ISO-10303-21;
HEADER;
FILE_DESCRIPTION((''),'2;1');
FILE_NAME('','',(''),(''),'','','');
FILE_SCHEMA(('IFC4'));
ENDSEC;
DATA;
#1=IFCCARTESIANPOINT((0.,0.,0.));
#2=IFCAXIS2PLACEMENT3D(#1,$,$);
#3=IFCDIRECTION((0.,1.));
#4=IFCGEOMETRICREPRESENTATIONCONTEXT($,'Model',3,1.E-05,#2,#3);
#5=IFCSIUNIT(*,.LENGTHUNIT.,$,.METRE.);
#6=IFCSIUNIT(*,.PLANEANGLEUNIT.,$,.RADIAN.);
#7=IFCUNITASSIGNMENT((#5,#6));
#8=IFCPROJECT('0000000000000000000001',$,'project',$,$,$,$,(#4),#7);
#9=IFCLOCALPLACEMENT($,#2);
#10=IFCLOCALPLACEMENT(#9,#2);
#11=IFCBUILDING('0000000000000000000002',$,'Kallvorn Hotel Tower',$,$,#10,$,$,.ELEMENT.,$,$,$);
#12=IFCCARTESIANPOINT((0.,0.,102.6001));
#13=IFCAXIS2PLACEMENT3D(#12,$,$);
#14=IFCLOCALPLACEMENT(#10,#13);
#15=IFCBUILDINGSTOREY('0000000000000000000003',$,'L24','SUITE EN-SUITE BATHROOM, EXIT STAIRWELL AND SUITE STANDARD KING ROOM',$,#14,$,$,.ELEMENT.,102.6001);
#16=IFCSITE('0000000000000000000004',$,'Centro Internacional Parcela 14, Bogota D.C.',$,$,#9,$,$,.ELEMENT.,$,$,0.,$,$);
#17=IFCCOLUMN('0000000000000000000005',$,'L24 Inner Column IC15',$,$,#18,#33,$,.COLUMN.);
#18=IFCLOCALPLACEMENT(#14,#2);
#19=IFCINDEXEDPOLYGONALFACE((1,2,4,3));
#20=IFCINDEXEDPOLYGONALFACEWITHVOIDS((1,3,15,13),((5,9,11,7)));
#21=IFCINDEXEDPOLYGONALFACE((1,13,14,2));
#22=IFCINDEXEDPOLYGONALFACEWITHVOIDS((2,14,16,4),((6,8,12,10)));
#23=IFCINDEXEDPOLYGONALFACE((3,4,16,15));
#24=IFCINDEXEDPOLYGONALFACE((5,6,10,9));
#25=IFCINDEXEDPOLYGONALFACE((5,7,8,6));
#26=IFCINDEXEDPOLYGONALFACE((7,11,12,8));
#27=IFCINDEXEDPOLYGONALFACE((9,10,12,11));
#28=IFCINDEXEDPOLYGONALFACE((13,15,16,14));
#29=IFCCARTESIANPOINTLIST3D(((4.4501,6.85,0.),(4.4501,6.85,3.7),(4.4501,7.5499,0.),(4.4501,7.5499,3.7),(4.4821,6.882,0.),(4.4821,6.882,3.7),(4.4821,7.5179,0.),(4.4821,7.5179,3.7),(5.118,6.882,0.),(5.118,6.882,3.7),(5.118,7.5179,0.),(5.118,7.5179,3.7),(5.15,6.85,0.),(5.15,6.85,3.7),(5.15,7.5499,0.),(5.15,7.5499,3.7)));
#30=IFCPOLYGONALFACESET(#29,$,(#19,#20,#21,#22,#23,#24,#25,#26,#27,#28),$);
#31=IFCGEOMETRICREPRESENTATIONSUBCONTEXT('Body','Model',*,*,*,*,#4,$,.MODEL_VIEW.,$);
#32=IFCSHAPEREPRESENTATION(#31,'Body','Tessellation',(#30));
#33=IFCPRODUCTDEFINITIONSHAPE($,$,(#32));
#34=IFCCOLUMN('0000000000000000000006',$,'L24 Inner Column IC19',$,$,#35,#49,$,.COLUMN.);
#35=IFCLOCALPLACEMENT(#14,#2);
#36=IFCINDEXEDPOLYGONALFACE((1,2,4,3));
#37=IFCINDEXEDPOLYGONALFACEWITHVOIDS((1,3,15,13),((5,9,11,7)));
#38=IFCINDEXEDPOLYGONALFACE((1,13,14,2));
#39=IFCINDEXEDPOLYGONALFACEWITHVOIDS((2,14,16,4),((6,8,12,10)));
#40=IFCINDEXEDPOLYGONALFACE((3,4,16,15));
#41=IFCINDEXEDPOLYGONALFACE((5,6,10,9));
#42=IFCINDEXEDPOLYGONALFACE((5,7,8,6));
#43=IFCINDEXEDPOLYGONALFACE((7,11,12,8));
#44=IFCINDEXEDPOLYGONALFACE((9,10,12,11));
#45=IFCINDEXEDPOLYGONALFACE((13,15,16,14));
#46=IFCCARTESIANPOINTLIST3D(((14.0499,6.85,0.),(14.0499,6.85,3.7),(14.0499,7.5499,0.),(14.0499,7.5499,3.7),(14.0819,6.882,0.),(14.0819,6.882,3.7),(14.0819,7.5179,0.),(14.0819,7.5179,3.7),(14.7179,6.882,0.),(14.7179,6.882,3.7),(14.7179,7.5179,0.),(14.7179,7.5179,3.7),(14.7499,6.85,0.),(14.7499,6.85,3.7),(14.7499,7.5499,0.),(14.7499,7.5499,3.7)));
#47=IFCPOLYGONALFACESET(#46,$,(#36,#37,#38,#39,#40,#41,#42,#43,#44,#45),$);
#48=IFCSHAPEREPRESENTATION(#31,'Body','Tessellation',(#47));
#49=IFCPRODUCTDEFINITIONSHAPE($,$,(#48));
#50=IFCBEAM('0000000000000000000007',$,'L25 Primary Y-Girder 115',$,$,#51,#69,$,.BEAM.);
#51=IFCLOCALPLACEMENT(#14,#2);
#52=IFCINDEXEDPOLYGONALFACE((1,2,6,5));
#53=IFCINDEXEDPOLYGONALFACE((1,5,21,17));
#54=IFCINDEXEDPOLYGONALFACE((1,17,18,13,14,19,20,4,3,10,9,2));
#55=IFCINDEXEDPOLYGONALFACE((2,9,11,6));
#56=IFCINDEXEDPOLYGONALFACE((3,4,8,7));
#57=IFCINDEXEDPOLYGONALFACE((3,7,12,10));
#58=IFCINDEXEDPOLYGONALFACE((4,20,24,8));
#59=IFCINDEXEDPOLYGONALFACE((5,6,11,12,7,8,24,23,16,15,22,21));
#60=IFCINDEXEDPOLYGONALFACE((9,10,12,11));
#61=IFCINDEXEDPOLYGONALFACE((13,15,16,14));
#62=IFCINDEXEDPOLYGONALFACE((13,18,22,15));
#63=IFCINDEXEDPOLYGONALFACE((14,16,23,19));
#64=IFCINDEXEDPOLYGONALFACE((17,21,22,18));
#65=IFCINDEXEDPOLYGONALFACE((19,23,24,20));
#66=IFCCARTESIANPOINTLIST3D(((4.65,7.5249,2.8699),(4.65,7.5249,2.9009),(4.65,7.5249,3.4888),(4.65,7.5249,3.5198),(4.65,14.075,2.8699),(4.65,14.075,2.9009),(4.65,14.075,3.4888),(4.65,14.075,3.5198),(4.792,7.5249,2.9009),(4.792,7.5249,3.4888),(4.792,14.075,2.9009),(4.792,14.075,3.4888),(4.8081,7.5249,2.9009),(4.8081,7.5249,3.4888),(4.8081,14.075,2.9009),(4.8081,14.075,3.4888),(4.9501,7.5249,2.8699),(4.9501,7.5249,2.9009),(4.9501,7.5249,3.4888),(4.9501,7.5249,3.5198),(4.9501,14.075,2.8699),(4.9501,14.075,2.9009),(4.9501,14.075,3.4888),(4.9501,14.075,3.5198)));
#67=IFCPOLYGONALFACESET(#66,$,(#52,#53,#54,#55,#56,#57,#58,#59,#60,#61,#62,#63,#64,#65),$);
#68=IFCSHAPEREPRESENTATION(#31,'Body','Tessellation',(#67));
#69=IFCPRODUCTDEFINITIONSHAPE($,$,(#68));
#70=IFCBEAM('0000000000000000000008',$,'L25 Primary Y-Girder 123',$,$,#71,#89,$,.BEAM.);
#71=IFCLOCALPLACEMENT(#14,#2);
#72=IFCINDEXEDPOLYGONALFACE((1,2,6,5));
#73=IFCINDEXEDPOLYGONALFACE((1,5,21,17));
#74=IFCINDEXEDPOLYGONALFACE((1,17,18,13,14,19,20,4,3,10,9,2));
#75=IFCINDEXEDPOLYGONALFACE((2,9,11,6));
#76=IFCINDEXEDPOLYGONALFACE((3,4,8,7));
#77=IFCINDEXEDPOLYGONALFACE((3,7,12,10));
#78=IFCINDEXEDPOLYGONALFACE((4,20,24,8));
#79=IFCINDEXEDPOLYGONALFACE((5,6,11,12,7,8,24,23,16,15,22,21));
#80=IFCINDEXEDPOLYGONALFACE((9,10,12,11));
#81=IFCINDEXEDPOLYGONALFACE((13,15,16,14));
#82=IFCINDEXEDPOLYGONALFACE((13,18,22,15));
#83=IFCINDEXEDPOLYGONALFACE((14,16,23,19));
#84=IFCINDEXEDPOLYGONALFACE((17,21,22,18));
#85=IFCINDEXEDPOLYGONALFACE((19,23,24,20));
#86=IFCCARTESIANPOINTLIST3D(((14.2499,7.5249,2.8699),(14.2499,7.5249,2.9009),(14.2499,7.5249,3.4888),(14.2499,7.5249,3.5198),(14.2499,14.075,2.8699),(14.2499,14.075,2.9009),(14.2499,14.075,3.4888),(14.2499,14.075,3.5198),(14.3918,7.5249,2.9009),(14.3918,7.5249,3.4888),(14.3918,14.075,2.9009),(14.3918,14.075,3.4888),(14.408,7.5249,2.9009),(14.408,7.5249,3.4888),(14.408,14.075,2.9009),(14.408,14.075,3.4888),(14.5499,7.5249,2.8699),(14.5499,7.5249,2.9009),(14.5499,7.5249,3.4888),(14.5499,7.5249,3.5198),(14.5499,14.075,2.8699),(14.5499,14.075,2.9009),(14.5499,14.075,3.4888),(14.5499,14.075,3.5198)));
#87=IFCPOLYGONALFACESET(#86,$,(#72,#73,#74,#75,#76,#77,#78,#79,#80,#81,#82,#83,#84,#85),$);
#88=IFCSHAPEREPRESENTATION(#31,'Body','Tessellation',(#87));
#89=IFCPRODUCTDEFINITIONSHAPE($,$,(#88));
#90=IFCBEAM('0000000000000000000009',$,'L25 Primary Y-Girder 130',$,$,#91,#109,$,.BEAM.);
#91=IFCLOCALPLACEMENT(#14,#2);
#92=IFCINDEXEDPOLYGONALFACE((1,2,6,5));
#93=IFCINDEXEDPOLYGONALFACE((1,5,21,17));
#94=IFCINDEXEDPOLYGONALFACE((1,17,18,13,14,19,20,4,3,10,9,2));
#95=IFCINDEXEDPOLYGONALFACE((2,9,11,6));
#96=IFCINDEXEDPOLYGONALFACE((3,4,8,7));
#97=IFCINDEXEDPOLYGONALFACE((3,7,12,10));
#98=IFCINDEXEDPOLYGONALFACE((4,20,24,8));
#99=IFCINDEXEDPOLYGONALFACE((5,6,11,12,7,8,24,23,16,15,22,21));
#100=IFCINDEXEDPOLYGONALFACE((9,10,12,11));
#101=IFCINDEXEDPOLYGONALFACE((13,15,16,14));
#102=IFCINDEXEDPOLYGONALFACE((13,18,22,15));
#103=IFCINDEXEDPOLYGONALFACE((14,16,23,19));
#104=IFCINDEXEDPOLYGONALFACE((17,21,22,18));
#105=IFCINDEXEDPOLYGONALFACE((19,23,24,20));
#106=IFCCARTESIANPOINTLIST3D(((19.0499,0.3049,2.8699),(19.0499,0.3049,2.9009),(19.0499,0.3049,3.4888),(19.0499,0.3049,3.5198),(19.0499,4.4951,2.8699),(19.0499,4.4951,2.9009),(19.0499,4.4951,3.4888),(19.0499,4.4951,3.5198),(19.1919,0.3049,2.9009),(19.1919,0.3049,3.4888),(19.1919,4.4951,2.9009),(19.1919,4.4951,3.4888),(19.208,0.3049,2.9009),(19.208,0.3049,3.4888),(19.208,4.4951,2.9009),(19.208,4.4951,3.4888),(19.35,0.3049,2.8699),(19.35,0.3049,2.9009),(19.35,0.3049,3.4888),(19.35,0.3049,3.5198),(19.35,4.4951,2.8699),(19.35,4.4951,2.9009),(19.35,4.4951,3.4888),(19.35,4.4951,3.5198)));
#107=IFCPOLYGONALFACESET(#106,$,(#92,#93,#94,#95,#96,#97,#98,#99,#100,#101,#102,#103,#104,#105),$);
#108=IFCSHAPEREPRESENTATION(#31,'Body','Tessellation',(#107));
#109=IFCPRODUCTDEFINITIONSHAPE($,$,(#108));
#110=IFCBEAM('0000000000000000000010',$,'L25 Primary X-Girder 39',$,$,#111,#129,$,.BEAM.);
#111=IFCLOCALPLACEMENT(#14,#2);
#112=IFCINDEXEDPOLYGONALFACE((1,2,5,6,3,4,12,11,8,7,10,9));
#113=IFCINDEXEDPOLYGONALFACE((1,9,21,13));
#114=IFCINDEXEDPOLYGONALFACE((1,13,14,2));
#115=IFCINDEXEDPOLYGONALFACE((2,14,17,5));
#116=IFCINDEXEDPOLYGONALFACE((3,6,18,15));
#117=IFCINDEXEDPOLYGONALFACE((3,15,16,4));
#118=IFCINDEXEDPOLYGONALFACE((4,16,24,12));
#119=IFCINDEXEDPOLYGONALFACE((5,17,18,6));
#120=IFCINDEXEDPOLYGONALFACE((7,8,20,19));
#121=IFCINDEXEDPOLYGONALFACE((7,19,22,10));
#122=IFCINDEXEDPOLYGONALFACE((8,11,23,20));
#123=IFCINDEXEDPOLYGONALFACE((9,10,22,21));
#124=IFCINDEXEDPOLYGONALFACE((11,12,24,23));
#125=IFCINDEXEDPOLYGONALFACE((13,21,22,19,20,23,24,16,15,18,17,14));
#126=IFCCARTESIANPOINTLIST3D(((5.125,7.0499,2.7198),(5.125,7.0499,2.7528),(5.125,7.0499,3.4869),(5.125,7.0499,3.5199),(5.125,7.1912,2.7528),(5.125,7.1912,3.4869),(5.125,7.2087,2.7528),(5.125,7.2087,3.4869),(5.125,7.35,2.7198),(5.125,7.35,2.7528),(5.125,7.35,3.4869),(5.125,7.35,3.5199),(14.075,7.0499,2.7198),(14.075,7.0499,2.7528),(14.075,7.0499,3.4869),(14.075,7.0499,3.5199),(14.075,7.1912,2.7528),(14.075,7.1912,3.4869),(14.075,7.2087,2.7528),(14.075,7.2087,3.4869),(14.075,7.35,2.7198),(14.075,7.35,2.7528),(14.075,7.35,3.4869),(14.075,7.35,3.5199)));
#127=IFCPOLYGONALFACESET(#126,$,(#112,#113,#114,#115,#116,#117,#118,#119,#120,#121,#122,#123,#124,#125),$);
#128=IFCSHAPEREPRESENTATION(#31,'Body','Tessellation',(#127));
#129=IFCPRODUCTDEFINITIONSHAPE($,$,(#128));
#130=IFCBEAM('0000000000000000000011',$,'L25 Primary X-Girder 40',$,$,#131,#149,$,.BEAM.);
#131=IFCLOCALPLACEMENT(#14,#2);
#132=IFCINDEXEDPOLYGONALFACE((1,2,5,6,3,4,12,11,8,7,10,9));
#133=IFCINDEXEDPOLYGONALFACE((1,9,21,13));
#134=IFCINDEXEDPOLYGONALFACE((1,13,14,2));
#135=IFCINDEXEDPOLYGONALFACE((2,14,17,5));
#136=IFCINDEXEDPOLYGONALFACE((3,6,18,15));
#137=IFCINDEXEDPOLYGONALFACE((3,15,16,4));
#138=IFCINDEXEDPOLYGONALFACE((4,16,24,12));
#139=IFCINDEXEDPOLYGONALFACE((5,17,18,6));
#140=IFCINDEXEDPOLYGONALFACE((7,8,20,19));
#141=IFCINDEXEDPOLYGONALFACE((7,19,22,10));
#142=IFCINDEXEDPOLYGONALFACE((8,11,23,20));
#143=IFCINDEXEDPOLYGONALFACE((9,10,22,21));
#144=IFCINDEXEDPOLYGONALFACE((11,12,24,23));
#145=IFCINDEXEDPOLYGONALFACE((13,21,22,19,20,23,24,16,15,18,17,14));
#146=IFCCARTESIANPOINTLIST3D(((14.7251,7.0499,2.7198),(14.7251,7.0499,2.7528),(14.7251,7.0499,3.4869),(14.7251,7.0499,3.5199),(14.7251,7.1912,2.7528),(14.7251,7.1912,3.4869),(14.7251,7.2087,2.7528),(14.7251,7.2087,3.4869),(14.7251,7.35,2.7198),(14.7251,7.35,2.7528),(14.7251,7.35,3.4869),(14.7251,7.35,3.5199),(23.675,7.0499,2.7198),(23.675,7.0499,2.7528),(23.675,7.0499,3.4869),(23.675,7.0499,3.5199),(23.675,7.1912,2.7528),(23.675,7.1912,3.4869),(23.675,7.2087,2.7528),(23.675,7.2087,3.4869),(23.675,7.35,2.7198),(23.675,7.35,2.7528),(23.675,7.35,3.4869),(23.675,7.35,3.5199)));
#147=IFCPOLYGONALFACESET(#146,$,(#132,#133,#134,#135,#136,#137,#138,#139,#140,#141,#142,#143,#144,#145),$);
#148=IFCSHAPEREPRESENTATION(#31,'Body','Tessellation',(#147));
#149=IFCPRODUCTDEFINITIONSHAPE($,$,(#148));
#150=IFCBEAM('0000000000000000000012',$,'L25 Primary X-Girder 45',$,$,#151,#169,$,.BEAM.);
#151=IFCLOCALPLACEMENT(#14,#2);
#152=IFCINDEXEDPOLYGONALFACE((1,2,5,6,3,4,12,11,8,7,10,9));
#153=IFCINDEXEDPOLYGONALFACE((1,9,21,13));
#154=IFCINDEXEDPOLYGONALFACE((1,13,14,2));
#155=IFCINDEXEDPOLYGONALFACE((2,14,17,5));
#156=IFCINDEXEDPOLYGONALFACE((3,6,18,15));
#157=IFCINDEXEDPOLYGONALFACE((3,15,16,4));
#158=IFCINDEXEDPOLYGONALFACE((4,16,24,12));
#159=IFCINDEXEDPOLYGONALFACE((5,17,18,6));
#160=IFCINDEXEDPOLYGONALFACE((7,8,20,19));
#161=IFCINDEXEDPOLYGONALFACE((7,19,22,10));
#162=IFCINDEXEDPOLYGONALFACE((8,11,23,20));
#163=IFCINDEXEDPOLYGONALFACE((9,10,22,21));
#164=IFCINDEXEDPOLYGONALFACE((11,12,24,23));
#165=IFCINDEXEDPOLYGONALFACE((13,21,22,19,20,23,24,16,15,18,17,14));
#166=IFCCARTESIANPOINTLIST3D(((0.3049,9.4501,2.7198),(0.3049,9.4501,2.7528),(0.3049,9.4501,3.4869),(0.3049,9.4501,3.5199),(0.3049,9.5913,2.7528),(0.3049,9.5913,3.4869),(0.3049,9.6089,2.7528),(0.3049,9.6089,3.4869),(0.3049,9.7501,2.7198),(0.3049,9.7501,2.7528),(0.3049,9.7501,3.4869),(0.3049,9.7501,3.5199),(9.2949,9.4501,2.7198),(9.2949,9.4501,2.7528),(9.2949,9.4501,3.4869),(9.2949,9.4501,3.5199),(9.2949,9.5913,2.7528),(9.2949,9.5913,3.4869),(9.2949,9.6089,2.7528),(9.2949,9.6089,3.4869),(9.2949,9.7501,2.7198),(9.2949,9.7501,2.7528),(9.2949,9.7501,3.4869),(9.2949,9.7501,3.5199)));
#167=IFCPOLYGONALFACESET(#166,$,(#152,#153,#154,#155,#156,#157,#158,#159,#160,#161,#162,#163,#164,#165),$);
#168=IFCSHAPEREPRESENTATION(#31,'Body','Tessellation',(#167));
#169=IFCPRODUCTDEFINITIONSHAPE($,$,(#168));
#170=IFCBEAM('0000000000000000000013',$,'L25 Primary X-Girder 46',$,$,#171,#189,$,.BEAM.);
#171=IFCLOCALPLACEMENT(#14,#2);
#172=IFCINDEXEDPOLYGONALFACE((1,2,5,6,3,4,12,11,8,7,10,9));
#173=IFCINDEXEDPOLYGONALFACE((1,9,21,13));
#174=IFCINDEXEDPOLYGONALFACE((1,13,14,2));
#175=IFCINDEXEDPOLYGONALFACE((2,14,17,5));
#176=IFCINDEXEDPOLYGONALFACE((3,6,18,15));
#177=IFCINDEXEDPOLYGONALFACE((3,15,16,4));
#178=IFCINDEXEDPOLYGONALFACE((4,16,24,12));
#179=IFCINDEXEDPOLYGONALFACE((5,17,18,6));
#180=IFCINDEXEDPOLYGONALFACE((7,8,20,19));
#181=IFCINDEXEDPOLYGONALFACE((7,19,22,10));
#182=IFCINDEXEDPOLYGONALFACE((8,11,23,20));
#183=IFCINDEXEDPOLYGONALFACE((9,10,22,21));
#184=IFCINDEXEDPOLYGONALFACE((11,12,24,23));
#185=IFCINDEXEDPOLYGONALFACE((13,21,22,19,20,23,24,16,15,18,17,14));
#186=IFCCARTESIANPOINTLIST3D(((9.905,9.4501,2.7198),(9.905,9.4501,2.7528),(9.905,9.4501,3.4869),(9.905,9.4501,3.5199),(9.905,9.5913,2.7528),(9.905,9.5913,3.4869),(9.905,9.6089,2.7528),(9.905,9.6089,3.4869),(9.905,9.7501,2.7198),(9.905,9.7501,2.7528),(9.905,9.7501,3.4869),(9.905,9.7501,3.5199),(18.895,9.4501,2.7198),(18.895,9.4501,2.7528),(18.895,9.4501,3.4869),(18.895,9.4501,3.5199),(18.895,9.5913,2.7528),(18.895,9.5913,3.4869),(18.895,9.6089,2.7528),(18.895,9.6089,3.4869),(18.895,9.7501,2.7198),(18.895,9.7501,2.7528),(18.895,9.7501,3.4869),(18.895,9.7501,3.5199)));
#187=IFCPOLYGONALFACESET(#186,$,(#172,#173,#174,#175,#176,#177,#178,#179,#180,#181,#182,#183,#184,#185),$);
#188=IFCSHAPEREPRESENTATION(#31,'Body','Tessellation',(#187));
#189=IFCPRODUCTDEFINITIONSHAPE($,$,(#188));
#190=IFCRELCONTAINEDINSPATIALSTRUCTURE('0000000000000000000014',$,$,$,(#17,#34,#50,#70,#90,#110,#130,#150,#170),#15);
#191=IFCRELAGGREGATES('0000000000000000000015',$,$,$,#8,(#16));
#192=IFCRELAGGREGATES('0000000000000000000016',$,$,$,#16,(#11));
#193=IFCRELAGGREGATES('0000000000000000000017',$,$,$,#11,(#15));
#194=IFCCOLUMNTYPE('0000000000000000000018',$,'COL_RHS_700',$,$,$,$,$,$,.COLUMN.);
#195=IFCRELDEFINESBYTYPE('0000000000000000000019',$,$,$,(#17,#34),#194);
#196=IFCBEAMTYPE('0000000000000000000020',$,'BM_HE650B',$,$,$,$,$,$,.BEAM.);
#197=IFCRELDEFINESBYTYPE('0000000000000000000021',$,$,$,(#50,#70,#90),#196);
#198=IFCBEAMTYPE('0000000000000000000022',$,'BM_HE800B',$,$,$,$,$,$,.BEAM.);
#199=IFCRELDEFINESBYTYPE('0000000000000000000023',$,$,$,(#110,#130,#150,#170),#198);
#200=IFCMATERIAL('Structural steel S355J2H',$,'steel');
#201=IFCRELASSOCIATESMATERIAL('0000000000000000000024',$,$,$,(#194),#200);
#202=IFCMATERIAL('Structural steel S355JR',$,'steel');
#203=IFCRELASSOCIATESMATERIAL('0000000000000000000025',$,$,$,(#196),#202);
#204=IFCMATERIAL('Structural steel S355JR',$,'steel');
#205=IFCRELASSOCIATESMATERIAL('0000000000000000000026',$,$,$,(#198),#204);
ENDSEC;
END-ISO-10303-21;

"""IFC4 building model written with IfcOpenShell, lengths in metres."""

from ifc_helpers import new_model, si_unit, direction, frame, origin, origin_2d, place, context, subcontext, project, spatial, hollow_rectangle, i_section, extrude, material, material_profile, profile_set, type_object, element, save


model = new_model("IFC4")

# Units and contexts
model_context = context("Model", 3, precision=1e-05, world=origin(), true_north=direction((0.0, 1.0)))
body_context = subcontext(model_context, "Body", "Model", "MODEL_VIEW")
ifc_project = project(units=[si_unit("LENGTHUNIT", "METRE"), si_unit("PLANEANGLEUNIT", "RADIAN")], contexts=[model_context])

# Site, building, storey
site_placement = place(None, origin())
site = spatial("IfcSite", under=ifc_project, at=site_placement, Name="Centro Internacional Parcela 14, Bogota D.C.", CompositionType="ELEMENT", RefElevation=0.0)
building_placement = place(site_placement, origin())
building = spatial("IfcBuilding", under=site, at=building_placement, Name="Kallvorn Hotel Tower", CompositionType="ELEMENT")
storey_placement = place(building_placement, frame((0.0, 0.0, 102.6001)))
storey = spatial("IfcBuildingStorey", under=building, at=storey_placement, Name="L24", Description="SUITE EN-SUITE BATHROOM, EXIT STAIRWELL AND SUITE STANDARD KING ROOM", CompositionType="ELEMENT", Elevation=102.6001)

# Columns
ifc_material_1 = material(Name="Structural steel S355J2H", Category="steel")
ifc_material_profile_1 = material_profile(ifc_material_1, hollow_rectangle(XDim=0.7, YDim=0.7, WallThickness=0.032, at=origin_2d()), Name="RHS 700x700x32")
ifc_profile_set_1 = profile_set([ifc_material_profile_1], Name="Structural steel S355J2H")
column_type_1 = type_object("IfcColumnType", Name="COL_RHS_700", PredefinedType="COLUMN", material=ifc_profile_set_1)
for number, where, z_axis, x_axis, name in (
    (1, (4.8, 7.2, 0.0), (0.0, 0.0, 1.0), (1.0, 0.0, 0.0), "L24 Inner Column IC15"),
    (2, (14.3999, 7.2, 0.0), (0.0, 0.0, 1.0), (1.0, 0.0, 0.0), "L24 Inner Column IC19"),
):
    element("IfcColumn", number, at=place(storey_placement, frame(where, z_axis=z_axis, x_axis=x_axis)), inside=storey, type_object=column_type_1, Name=name, PredefinedType="COLUMN", context=body_context, shape_type="SweptSolid", body=[
        extrude(hollow_rectangle(XDim=0.7, YDim=0.7, WallThickness=0.032, at=origin_2d()), origin(), (0.0, 0.0, 1.0), 3.7),
    ])

# Beams
ifc_material_2 = material(Name="Structural steel S355JR", Category="steel")
ifc_material_profile_2 = material_profile(ifc_material_2, i_section(OverallWidth=0.3, OverallDepth=0.6499, WebThickness=0.0161, FlangeThickness=0.031, at=origin_2d()), Name="HE 650 B")
ifc_profile_set_2 = profile_set([ifc_material_profile_2], Name="Structural steel S355JR")
beam_type_1 = type_object("IfcBeamType", Name="BM_HE650B", PredefinedType="BEAM", material=ifc_profile_set_2)
for number, where, z_axis, x_axis, name in (
    (3, (4.8, 7.5249, 3.1948), (0.0, 1.0, 0.0), (-1.0, 0.0, 0.0), "L25 Primary Y-Girder 115"),
    (4, (14.3999, 7.5249, 3.1948), (0.0, 1.0, 0.0), (-1.0, 0.0, 0.0), "L25 Primary Y-Girder 123"),
):
    element("IfcBeam", number, at=place(storey_placement, frame(where, z_axis=z_axis, x_axis=x_axis)), inside=storey, type_object=beam_type_1, Name=name, PredefinedType="BEAM", context=body_context, shape_type="SweptSolid", body=[
        extrude(i_section(OverallWidth=0.3, OverallDepth=0.6499, WebThickness=0.0161, FlangeThickness=0.031, at=origin_2d()), origin(), (0.0, 0.0, 1.0), 6.55),
    ])
beam_placement = place(storey_placement, frame((19.2, 0.3049, 3.1948), z_axis=(0.0, 1.0, 0.0), x_axis=(-1.0, 0.0, 0.0)))
element("IfcBeam", 5, at=beam_placement, inside=storey, type_object=beam_type_1, Name="L25 Primary Y-Girder 130", PredefinedType="BEAM", context=body_context, shape_type="SweptSolid", body=[
    extrude(i_section(OverallWidth=0.3, OverallDepth=0.6499, WebThickness=0.0161, FlangeThickness=0.031, at=origin_2d()), origin(), (0.0, 0.0, 1.0), 4.1902),
])
ifc_material_3 = material(Name="Structural steel S355JR", Category="steel")
ifc_material_profile_3 = material_profile(ifc_material_3, i_section(OverallWidth=0.3, OverallDepth=0.8, WebThickness=0.0176, FlangeThickness=0.033, at=origin_2d()), Name="HE 800 B")
ifc_profile_set_3 = profile_set([ifc_material_profile_3], Name="Structural steel S355JR")
beam_type_2 = type_object("IfcBeamType", Name="BM_HE800B", PredefinedType="BEAM", material=ifc_profile_set_3)
for number, where, z_axis, x_axis, name in (
    (6, (5.125, 7.2, 3.1199), (1.0, 0.0, 0.0), (0.0, 1.0, 0.0), "L25 Primary X-Girder 39"),
    (7, (14.7251, 7.2, 3.1199), (1.0, 0.0, 0.0), (0.0, 1.0, 0.0), "L25 Primary X-Girder 40"),
):
    element("IfcBeam", number, at=place(storey_placement, frame(where, z_axis=z_axis, x_axis=x_axis)), inside=storey, type_object=beam_type_2, Name=name, PredefinedType="BEAM", context=body_context, shape_type="SweptSolid", body=[
        extrude(i_section(OverallWidth=0.3, OverallDepth=0.8, WebThickness=0.0176, FlangeThickness=0.033, at=origin_2d()), origin(), (0.0, 0.0, 1.0), 8.95),
    ])
for number, where, z_axis, x_axis, name in (
    (8, (0.3049, 9.6001, 3.1199), (1.0, 0.0, 0.0), (0.0, 1.0, 0.0), "L25 Primary X-Girder 45"),
    (9, (9.905, 9.6001, 3.1199), (1.0, 0.0, 0.0), (0.0, 1.0, 0.0), "L25 Primary X-Girder 46"),
):
    element("IfcBeam", number, at=place(storey_placement, frame(where, z_axis=z_axis, x_axis=x_axis)), inside=storey, type_object=beam_type_2, Name=name, PredefinedType="BEAM", context=body_context, shape_type="SweptSolid", body=[
        extrude(i_section(OverallWidth=0.3, OverallDepth=0.8, WebThickness=0.0176, FlangeThickness=0.033, at=origin_2d()), origin(), (0.0, 0.0, 1.0), 8.99),
    ])

save(model, "model.ifc")
